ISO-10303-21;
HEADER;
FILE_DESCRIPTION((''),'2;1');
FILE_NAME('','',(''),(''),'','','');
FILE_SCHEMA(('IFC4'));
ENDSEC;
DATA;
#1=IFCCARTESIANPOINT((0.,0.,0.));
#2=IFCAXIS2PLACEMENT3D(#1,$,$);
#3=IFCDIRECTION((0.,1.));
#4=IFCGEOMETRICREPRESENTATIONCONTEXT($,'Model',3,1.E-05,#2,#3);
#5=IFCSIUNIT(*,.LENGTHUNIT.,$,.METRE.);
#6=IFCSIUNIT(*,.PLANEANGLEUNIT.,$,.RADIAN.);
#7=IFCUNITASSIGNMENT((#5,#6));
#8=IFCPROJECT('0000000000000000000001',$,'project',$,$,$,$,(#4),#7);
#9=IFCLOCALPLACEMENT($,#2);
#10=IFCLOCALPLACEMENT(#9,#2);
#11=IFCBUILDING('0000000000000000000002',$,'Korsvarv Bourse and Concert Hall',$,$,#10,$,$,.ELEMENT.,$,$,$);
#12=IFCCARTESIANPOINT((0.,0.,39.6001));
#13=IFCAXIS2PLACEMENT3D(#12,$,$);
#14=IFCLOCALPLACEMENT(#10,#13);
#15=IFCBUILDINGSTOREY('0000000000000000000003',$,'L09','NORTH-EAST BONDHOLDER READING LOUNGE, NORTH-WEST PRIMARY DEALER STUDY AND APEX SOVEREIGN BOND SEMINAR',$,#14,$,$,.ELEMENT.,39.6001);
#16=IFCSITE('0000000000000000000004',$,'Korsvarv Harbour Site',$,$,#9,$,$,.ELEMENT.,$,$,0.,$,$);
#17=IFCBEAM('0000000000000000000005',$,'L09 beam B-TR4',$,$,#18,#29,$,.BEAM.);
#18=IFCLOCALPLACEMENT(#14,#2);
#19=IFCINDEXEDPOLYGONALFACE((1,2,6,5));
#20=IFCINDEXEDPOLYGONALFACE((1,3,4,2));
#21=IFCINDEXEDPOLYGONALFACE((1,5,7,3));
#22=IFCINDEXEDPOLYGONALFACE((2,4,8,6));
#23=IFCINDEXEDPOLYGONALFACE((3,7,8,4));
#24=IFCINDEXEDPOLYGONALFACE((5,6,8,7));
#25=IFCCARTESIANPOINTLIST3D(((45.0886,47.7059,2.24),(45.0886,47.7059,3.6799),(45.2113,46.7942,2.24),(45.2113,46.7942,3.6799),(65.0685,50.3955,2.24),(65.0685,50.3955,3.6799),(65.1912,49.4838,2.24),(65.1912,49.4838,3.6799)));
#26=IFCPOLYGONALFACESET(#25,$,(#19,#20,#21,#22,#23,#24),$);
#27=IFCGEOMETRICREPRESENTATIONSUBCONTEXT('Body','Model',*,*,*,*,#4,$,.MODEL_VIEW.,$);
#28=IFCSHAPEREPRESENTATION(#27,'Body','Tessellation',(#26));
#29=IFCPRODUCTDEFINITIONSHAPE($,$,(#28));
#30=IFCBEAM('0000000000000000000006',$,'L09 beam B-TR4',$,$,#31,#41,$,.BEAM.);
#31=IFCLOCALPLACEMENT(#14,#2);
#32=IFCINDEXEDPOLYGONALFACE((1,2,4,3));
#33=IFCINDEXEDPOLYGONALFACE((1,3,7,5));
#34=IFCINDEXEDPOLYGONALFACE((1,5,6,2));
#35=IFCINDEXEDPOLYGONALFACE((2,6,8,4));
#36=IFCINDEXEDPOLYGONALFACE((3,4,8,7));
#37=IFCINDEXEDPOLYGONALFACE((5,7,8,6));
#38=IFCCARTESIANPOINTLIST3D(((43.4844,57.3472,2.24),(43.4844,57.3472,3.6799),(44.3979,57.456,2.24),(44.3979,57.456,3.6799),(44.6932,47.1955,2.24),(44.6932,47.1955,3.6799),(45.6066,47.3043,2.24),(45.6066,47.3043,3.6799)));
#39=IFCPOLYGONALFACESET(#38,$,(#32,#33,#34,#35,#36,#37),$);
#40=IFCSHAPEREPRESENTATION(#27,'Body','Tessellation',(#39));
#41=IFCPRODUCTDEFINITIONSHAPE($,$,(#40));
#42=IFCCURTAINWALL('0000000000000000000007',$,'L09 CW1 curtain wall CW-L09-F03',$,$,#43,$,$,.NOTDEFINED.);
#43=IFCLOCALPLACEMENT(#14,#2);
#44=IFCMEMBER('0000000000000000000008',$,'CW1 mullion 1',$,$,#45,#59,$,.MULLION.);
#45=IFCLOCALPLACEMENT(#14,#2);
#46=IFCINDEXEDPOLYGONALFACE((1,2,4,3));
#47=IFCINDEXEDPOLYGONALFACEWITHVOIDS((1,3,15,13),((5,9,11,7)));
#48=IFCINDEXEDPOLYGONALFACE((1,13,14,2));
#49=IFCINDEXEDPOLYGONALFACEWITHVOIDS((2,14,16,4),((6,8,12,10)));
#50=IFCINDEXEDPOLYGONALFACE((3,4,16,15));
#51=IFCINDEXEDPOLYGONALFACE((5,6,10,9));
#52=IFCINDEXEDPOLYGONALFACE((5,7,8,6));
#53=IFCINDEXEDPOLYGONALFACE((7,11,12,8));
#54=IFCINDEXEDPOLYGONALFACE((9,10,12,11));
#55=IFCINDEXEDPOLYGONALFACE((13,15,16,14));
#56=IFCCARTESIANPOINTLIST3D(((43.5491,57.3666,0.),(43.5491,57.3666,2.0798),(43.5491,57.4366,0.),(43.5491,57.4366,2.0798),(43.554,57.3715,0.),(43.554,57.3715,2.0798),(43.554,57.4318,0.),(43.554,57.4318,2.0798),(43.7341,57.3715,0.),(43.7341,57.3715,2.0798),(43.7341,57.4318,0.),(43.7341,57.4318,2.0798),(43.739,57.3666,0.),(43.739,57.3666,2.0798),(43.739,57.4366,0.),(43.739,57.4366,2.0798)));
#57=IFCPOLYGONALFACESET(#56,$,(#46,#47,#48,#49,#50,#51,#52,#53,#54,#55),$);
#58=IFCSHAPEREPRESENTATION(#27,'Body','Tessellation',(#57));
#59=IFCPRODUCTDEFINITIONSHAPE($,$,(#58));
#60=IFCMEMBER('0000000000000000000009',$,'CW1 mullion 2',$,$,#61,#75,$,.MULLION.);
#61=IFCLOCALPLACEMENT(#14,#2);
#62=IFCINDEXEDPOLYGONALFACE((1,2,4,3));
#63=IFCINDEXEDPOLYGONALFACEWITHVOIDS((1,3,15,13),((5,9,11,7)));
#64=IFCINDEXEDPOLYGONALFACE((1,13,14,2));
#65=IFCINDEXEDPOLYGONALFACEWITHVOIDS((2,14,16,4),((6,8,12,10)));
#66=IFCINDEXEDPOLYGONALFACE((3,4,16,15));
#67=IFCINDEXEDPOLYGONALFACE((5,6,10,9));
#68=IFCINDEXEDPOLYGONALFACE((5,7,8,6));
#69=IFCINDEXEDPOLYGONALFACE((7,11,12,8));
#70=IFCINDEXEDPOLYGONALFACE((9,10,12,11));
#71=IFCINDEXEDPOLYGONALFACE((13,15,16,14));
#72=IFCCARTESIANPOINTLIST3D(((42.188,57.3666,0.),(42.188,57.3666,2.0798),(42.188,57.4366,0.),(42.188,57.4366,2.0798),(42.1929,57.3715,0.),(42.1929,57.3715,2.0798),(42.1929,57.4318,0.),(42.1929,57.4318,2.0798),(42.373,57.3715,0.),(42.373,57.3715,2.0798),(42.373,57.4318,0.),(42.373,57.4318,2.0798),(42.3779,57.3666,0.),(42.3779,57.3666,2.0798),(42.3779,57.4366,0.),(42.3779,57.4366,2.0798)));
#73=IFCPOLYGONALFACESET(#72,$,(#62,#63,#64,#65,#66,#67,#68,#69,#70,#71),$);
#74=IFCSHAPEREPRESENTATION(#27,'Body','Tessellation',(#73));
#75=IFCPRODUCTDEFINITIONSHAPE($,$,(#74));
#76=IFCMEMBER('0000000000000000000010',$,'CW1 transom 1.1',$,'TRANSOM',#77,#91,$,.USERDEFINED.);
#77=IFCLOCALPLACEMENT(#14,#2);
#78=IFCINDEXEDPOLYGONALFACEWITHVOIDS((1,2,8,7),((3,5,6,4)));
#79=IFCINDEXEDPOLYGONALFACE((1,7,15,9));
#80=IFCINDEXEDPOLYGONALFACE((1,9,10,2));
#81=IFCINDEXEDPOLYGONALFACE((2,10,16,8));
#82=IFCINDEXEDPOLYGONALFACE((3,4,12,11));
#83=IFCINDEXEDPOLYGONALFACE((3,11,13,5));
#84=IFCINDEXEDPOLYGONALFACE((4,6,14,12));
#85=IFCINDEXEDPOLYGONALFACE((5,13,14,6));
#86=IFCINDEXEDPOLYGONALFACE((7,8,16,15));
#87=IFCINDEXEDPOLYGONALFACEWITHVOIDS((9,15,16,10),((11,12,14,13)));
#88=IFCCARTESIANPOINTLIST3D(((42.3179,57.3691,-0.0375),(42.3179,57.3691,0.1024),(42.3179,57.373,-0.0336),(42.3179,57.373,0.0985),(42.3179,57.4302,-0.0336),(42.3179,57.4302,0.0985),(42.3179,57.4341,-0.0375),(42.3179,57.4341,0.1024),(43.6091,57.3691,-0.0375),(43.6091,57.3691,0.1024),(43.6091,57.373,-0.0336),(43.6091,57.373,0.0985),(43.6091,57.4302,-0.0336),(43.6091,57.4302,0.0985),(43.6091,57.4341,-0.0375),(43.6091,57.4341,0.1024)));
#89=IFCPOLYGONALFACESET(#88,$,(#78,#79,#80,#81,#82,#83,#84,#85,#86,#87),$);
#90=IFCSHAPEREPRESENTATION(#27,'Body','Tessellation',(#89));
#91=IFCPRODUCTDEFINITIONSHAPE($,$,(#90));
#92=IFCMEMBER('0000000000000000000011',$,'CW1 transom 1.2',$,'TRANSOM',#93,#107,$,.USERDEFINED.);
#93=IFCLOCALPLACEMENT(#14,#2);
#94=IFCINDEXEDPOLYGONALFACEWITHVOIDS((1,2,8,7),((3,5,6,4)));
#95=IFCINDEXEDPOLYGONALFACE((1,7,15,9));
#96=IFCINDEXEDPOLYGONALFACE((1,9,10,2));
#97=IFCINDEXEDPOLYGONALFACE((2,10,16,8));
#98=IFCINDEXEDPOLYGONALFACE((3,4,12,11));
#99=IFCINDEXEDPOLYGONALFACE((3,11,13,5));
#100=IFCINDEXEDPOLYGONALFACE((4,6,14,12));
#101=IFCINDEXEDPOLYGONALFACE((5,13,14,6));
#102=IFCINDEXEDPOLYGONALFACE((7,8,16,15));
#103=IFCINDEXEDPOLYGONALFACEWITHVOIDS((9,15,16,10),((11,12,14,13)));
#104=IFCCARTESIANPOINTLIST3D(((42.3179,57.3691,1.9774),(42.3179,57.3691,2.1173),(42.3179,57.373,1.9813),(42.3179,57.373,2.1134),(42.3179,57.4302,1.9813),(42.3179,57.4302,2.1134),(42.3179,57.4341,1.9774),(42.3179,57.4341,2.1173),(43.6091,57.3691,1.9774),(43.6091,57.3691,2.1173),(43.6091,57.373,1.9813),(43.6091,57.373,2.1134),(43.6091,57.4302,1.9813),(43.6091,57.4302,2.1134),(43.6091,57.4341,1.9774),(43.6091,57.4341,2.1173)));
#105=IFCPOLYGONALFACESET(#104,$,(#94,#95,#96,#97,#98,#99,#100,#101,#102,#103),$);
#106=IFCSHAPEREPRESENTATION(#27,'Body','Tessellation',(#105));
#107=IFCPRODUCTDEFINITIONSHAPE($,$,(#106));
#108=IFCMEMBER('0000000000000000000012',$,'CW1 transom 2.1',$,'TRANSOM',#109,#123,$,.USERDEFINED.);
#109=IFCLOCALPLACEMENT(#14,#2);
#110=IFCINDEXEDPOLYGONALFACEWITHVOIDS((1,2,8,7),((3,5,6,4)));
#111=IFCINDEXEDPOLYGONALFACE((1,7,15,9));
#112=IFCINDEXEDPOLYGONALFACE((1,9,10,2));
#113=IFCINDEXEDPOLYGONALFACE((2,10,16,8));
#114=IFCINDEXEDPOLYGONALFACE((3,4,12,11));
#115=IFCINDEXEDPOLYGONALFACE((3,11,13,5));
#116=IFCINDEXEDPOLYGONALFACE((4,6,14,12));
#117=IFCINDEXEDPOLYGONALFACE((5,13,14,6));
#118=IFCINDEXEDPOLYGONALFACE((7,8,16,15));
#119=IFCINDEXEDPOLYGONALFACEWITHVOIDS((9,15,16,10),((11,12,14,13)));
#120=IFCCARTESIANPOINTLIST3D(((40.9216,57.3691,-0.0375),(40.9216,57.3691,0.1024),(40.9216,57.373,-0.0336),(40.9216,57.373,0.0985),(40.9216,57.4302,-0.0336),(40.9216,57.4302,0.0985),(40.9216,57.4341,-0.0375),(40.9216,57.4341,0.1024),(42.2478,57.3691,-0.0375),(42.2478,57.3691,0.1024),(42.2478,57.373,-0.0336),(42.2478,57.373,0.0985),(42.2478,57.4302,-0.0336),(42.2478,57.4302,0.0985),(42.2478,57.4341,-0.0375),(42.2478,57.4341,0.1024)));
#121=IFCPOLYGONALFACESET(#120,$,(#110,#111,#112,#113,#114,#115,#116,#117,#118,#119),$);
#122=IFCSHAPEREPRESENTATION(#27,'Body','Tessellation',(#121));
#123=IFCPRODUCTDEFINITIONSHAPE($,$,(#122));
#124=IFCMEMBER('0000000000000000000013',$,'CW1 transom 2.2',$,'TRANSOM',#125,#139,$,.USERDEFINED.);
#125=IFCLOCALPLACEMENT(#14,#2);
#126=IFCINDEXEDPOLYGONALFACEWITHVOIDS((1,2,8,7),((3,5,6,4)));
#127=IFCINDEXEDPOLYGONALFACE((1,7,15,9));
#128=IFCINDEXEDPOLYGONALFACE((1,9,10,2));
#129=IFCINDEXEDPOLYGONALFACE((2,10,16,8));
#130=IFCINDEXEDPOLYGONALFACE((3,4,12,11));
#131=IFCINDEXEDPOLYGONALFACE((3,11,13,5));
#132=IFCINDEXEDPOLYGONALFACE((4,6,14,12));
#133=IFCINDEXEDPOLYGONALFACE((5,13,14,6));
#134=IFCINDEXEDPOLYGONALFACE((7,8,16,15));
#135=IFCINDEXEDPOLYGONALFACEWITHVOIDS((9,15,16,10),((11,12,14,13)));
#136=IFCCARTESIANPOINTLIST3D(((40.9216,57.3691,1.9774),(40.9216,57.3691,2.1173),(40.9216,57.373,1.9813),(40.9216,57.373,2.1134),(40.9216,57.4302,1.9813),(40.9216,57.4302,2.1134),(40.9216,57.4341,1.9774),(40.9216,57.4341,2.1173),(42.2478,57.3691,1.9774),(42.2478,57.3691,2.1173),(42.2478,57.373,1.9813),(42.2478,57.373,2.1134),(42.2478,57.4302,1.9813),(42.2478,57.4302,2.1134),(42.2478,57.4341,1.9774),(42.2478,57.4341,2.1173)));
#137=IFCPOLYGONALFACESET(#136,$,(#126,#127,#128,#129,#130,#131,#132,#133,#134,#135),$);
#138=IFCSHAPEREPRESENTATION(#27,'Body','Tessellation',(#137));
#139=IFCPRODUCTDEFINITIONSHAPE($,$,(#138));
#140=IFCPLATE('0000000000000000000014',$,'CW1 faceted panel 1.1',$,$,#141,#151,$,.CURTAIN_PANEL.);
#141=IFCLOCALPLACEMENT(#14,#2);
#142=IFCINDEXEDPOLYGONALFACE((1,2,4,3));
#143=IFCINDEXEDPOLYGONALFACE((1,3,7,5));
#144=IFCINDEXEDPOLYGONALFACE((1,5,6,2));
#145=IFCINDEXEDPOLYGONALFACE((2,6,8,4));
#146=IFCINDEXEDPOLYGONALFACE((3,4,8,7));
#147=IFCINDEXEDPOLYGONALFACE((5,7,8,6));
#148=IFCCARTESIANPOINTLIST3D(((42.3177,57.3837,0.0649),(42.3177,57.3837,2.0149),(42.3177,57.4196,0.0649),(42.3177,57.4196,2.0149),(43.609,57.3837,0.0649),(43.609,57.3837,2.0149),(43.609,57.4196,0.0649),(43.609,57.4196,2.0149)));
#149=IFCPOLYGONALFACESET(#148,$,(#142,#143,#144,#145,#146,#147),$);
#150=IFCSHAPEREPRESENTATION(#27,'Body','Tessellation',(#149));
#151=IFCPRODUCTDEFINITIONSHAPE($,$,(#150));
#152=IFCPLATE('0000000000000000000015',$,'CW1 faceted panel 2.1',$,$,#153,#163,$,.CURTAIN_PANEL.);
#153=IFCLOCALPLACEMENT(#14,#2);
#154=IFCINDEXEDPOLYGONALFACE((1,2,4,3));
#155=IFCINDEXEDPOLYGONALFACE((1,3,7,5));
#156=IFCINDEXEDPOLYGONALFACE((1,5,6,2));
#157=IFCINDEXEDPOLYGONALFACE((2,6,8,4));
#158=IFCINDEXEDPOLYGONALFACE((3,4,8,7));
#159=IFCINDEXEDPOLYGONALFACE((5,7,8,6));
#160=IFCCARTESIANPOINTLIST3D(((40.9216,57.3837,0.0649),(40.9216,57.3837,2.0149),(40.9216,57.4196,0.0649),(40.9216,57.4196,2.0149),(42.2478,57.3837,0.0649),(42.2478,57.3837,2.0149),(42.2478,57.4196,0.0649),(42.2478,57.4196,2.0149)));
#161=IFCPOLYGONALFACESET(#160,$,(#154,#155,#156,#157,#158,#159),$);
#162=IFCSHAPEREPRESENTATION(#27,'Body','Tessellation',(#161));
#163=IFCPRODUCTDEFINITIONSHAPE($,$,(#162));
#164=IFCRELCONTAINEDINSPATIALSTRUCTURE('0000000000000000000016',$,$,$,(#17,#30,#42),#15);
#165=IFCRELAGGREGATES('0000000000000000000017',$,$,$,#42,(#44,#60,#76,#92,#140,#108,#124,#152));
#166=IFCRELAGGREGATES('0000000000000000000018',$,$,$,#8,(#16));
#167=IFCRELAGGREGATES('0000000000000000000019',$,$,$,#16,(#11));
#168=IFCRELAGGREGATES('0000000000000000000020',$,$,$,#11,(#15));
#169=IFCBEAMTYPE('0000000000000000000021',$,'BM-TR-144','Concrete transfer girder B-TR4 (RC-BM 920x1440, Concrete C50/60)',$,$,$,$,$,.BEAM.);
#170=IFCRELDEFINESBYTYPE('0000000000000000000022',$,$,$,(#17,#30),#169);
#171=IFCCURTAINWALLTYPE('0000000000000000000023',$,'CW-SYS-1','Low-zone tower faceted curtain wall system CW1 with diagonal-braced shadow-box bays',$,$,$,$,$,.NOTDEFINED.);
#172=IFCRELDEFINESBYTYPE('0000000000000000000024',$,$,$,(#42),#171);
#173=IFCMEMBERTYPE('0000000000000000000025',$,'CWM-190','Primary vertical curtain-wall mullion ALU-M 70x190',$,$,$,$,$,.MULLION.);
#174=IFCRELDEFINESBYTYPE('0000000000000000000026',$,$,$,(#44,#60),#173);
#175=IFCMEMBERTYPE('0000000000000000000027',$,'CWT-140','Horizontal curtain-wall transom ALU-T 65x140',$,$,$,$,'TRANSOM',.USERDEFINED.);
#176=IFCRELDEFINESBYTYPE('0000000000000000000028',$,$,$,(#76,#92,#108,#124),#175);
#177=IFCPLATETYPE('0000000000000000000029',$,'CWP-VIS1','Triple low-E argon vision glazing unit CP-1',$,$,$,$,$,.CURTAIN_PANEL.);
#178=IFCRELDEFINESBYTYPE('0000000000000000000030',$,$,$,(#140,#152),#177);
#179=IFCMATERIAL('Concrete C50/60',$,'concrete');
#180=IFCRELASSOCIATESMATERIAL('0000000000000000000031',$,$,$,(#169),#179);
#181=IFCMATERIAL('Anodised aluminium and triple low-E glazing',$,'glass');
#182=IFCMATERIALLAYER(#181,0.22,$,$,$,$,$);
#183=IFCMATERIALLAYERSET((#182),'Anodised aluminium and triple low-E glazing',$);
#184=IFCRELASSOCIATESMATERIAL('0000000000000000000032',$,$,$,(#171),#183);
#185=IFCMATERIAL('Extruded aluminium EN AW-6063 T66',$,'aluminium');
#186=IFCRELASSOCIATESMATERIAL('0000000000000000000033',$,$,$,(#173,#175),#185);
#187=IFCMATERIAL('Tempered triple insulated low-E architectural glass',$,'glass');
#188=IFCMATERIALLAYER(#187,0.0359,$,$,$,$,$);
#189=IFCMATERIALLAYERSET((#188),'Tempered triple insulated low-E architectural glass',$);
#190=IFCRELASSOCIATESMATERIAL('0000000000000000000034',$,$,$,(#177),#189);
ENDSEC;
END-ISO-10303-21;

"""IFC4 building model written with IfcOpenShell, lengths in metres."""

from ifc_helpers import new_model, si_unit, direction, frame, origin, origin_2d, place, context, subcontext, project, spatial, rectangle, hollow_rectangle, extrude, source, transform, mapped, material, layer, layer_set, material_profile, profile_set, type_object, element, aggregate, save


model = new_model("IFC4")

# Units and contexts
model_context = context("Model", 3, precision=1e-05, world=origin(), true_north=direction((0.0, 1.0)))
body_context = subcontext(model_context, "Body", "Model", "MODEL_VIEW")
ifc_project = project(units=[si_unit("LENGTHUNIT", "METRE"), si_unit("PLANEANGLEUNIT", "RADIAN")], contexts=[model_context])

# Site, building, storey
site_placement = place(None, origin())
site = spatial("IfcSite", under=ifc_project, at=site_placement, Name="Korsvarv Harbour Site", CompositionType="ELEMENT", RefElevation=0.0)
building_placement = place(site_placement, origin())
building = spatial("IfcBuilding", under=site, at=building_placement, Name="Korsvarv Bourse and Concert Hall", CompositionType="ELEMENT")
storey_placement = place(building_placement, frame((0.0, 0.0, 39.6001)))
storey = spatial("IfcBuildingStorey", under=building, at=storey_placement, Name="L09", Description="NORTH-EAST BONDHOLDER READING LOUNGE, NORTH-WEST PRIMARY DEALER STUDY AND APEX SOVEREIGN BOND SEMINAR", CompositionType="ELEMENT", Elevation=39.6001)

# Beams
ifc_material_1 = material(Name="Concrete C50/60", Category="concrete")
ifc_material_profile_1 = material_profile(ifc_material_1, rectangle(XDim=0.9199, YDim=1.4399, at=origin_2d()), Name="RC-BM 920x1440")
ifc_profile_set_1 = profile_set([ifc_material_profile_1], Name="Concrete C50/60")
beam_type_1 = type_object("IfcBeamType", Name="BM-TR-144", Description="Concrete transfer girder B-TR4 (RC-BM 920x1440, Concrete C50/60)", PredefinedType="BEAM", material=ifc_profile_set_1)
shared_shape_1 = source(origin(), body_context, "Body", "SweptSolid", [
    extrude(rectangle(XDim=0.9199, YDim=1.4399, at=origin_2d()), origin(), (0.0, 0.0, 1.0), 20.1602),
])
beam_1_placement = place(storey_placement, frame((65.1299, 49.9397, 2.96), z_axis=(-0.99106, -0.133416, 0.0), x_axis=(0.133416, -0.99106, 0.0)))
element("IfcBeam", 1, at=beam_1_placement, inside=storey, type_object=beam_type_1, Name="L09 beam B-TR4", PredefinedType="BEAM", context=body_context, shape_type="MappedRepresentation", body=[
    mapped(shared_shape_1, transform((0.0, 0.0, 0.0), scale=1.0)),
])
shared_shape_2 = source(origin(), body_context, "Body", "SweptSolid", [
    extrude(rectangle(XDim=0.9199, YDim=1.4399, at=origin_2d()), origin(), (0.0, 0.0, 1.0), 10.2234),
])
beam_2_placement = place(storey_placement, frame((43.9412, 57.4016, 2.96), z_axis=(0.118234, -0.992986, 0.0), x_axis=(0.992986, 0.118234, 0.0)))
element("IfcBeam", 2, at=beam_2_placement, inside=storey, type_object=beam_type_1, Name="L09 beam B-TR4", PredefinedType="BEAM", context=body_context, shape_type="MappedRepresentation", body=[
    mapped(shared_shape_2, transform((0.0, 0.0, 0.0), scale=1.0)),
])

# Curtain wall, members, plates
ifc_material_2 = material(Name="Anodised aluminium and triple low-E glazing", Category="glass")
ifc_layer_1 = layer(ifc_material_2, 0.22)
ifc_layer_set_1 = layer_set([ifc_layer_1], Name="Anodised aluminium and triple low-E glazing")
curtain_wall_type = type_object("IfcCurtainWallType", Name="CW-SYS-1", Description="Low-zone tower faceted curtain wall system CW1 with diagonal-braced shadow-box bays", PredefinedType="NOTDEFINED", material=ifc_layer_set_1)
curtain_wall_placement = place(storey_placement, origin())
curtain_wall = element("IfcCurtainWall", 3, at=curtain_wall_placement, inside=storey, type_object=curtain_wall_type, Name="L09 CW1 curtain wall CW-L09-F03", PredefinedType="NOTDEFINED")
ifc_material_3 = material(Name="Extruded aluminium EN AW-6063 T66", Category="aluminium")
ifc_material_profile_2 = material_profile(ifc_material_3, hollow_rectangle(XDim=0.0701, YDim=0.1899, WallThickness=0.0049, at=origin_2d()), Name="ALU-M 70x190")
ifc_profile_set_2 = profile_set([ifc_material_profile_2], Name="Extruded aluminium EN AW-6063 T66")
member_type_1 = type_object("IfcMemberType", Name="CWM-190", Description="Primary vertical curtain-wall mullion ALU-M 70x190", PredefinedType="MULLION", material=ifc_profile_set_2)
shared_shape_3 = source(origin(), body_context, "Body", "SweptSolid", [
    extrude(hollow_rectangle(XDim=0.0701, YDim=0.1899, WallThickness=0.0049, at=origin_2d()), origin(), (0.0, 0.0, 1.0), 2.0798),
])
member_1_placement = place(storey_placement, frame((43.644, 57.4016, 0.0), z_axis=(0.0, 0.0, 1.0), x_axis=(0.0, -1.0, 0.0)))
member_1 = element("IfcMember", 4, at=member_1_placement, type_object=member_type_1, Name="CW1 mullion 1", PredefinedType="MULLION", context=body_context, shape_type="MappedRepresentation", body=[
    mapped(shared_shape_3, transform((0.0, 0.0, 0.0), scale=1.0)),
])
member_2_placement = place(storey_placement, frame((42.283, 57.4016, 0.0), z_axis=(0.0, 0.0, 1.0), x_axis=(0.0, -1.0, 0.0)))
member_2 = element("IfcMember", 5, at=member_2_placement, type_object=member_type_1, Name="CW1 mullion 2", PredefinedType="MULLION", context=body_context, shape_type="MappedRepresentation", body=[
    mapped(shared_shape_3, transform((0.0, 0.0, 0.0), scale=1.0)),
])
ifc_material_profile_3 = material_profile(ifc_material_3, hollow_rectangle(XDim=0.0649, YDim=0.1399, WallThickness=0.0039, at=origin_2d()), Name="ALU-T 65x140")
ifc_profile_set_3 = profile_set([ifc_material_profile_3], Name="Extruded aluminium EN AW-6063 T66")
member_type_2 = type_object("IfcMemberType", Name="CWT-140", Description="Horizontal curtain-wall transom ALU-T 65x140", ElementType="TRANSOM", PredefinedType="USERDEFINED", material=ifc_profile_set_3)
shared_shape_4 = source(origin(), body_context, "Body", "SweptSolid", [
    extrude(hollow_rectangle(XDim=0.0649, YDim=0.1399, WallThickness=0.0039, at=origin_2d()), origin(), (0.0, 0.0, 1.0), 1.2913),
])
member_3_placement = place(storey_placement, frame((43.6091, 57.4016, 0.0325), z_axis=(-1.0, 0.0, 0.0), x_axis=(0.0, -1.0, 0.0)))
member_3 = element("IfcMember", 6, at=member_3_placement, type_object=member_type_2, Name="CW1 transom 1.1", ObjectType="TRANSOM", PredefinedType="USERDEFINED", context=body_context, shape_type="MappedRepresentation", body=[
    mapped(shared_shape_4, transform((0.0, 0.0, 0.0), scale=1.0)),
])
member_4_placement = place(storey_placement, frame((43.6091, 57.4016, 2.0474), z_axis=(-1.0, 0.0, 0.0), x_axis=(0.0, -1.0, 0.0)))
member_4 = element("IfcMember", 7, at=member_4_placement, type_object=member_type_2, Name="CW1 transom 1.2", ObjectType="TRANSOM", PredefinedType="USERDEFINED", context=body_context, shape_type="MappedRepresentation", body=[
    mapped(shared_shape_4, transform((0.0, 0.0, 0.0), scale=1.0)),
])
shared_shape_5 = source(origin(), body_context, "Body", "SweptSolid", [
    extrude(hollow_rectangle(XDim=0.0649, YDim=0.1399, WallThickness=0.0039, at=origin_2d()), origin(), (0.0, 0.0, 1.0), 1.3262),
])
member_5_placement = place(storey_placement, frame((42.2478, 57.4016, 0.0325), z_axis=(-1.0, 0.0, 0.0), x_axis=(0.0, -1.0, 0.0)))
member_5 = element("IfcMember", 8, at=member_5_placement, type_object=member_type_2, Name="CW1 transom 2.1", ObjectType="TRANSOM", PredefinedType="USERDEFINED", context=body_context, shape_type="MappedRepresentation", body=[
    mapped(shared_shape_5, transform((0.0, 0.0, 0.0), scale=1.0)),
])
member_6_placement = place(storey_placement, frame((42.2478, 57.4016, 2.0474), z_axis=(-1.0, 0.0, 0.0), x_axis=(0.0, -1.0, 0.0)))
member_6 = element("IfcMember", 9, at=member_6_placement, type_object=member_type_2, Name="CW1 transom 2.2", ObjectType="TRANSOM", PredefinedType="USERDEFINED", context=body_context, shape_type="MappedRepresentation", body=[
    mapped(shared_shape_5, transform((0.0, 0.0, 0.0), scale=1.0)),
])
ifc_material_4 = material(Name="Tempered triple insulated low-E architectural glass", Category="glass")
ifc_layer_2 = layer(ifc_material_4, 0.0359)
ifc_layer_set_2 = layer_set([ifc_layer_2], Name="Tempered triple insulated low-E architectural glass")
plate_type = type_object("IfcPlateType", Name="CWP-VIS1", Description="Triple low-E argon vision glazing unit CP-1", PredefinedType="CURTAIN_PANEL", material=ifc_layer_set_2)
shared_shape_6 = source(origin(), body_context, "Body", "SweptSolid", [
    extrude(rectangle(XDim=1.2913, YDim=0.0359, at=origin_2d()), origin(), (0.0, 0.0, 1.0), 1.95),
])
plate_1_placement = place(storey_placement, frame((42.9634, 57.4016, 0.0649), z_axis=(0.0, 0.0, 1.0), x_axis=(-1.0, 0.0, 0.0)))
plate_1 = element("IfcPlate", 10, at=plate_1_placement, type_object=plate_type, Name="CW1 faceted panel 1.1", PredefinedType="CURTAIN_PANEL", context=body_context, shape_type="MappedRepresentation", body=[
    mapped(shared_shape_6, transform((0.0, 0.0, 0.0), scale=1.0)),
])
shared_shape_7 = source(origin(), body_context, "Body", "SweptSolid", [
    extrude(rectangle(XDim=1.3262, YDim=0.0359, at=origin_2d()), origin(), (0.0, 0.0, 1.0), 1.95),
])
plate_2_placement = place(storey_placement, frame((41.5847, 57.4016, 0.0649), z_axis=(0.0, 0.0, 1.0), x_axis=(-1.0, 0.0, 0.0)))
plate_2 = element("IfcPlate", 11, at=plate_2_placement, type_object=plate_type, Name="CW1 faceted panel 2.1", PredefinedType="CURTAIN_PANEL", context=body_context, shape_type="MappedRepresentation", body=[
    mapped(shared_shape_7, transform((0.0, 0.0, 0.0), scale=1.0)),
])
aggregate(curtain_wall, [member_1, member_2, member_3, member_4, plate_1, member_5, member_6, plate_2])

save(model, "model.ifc")
